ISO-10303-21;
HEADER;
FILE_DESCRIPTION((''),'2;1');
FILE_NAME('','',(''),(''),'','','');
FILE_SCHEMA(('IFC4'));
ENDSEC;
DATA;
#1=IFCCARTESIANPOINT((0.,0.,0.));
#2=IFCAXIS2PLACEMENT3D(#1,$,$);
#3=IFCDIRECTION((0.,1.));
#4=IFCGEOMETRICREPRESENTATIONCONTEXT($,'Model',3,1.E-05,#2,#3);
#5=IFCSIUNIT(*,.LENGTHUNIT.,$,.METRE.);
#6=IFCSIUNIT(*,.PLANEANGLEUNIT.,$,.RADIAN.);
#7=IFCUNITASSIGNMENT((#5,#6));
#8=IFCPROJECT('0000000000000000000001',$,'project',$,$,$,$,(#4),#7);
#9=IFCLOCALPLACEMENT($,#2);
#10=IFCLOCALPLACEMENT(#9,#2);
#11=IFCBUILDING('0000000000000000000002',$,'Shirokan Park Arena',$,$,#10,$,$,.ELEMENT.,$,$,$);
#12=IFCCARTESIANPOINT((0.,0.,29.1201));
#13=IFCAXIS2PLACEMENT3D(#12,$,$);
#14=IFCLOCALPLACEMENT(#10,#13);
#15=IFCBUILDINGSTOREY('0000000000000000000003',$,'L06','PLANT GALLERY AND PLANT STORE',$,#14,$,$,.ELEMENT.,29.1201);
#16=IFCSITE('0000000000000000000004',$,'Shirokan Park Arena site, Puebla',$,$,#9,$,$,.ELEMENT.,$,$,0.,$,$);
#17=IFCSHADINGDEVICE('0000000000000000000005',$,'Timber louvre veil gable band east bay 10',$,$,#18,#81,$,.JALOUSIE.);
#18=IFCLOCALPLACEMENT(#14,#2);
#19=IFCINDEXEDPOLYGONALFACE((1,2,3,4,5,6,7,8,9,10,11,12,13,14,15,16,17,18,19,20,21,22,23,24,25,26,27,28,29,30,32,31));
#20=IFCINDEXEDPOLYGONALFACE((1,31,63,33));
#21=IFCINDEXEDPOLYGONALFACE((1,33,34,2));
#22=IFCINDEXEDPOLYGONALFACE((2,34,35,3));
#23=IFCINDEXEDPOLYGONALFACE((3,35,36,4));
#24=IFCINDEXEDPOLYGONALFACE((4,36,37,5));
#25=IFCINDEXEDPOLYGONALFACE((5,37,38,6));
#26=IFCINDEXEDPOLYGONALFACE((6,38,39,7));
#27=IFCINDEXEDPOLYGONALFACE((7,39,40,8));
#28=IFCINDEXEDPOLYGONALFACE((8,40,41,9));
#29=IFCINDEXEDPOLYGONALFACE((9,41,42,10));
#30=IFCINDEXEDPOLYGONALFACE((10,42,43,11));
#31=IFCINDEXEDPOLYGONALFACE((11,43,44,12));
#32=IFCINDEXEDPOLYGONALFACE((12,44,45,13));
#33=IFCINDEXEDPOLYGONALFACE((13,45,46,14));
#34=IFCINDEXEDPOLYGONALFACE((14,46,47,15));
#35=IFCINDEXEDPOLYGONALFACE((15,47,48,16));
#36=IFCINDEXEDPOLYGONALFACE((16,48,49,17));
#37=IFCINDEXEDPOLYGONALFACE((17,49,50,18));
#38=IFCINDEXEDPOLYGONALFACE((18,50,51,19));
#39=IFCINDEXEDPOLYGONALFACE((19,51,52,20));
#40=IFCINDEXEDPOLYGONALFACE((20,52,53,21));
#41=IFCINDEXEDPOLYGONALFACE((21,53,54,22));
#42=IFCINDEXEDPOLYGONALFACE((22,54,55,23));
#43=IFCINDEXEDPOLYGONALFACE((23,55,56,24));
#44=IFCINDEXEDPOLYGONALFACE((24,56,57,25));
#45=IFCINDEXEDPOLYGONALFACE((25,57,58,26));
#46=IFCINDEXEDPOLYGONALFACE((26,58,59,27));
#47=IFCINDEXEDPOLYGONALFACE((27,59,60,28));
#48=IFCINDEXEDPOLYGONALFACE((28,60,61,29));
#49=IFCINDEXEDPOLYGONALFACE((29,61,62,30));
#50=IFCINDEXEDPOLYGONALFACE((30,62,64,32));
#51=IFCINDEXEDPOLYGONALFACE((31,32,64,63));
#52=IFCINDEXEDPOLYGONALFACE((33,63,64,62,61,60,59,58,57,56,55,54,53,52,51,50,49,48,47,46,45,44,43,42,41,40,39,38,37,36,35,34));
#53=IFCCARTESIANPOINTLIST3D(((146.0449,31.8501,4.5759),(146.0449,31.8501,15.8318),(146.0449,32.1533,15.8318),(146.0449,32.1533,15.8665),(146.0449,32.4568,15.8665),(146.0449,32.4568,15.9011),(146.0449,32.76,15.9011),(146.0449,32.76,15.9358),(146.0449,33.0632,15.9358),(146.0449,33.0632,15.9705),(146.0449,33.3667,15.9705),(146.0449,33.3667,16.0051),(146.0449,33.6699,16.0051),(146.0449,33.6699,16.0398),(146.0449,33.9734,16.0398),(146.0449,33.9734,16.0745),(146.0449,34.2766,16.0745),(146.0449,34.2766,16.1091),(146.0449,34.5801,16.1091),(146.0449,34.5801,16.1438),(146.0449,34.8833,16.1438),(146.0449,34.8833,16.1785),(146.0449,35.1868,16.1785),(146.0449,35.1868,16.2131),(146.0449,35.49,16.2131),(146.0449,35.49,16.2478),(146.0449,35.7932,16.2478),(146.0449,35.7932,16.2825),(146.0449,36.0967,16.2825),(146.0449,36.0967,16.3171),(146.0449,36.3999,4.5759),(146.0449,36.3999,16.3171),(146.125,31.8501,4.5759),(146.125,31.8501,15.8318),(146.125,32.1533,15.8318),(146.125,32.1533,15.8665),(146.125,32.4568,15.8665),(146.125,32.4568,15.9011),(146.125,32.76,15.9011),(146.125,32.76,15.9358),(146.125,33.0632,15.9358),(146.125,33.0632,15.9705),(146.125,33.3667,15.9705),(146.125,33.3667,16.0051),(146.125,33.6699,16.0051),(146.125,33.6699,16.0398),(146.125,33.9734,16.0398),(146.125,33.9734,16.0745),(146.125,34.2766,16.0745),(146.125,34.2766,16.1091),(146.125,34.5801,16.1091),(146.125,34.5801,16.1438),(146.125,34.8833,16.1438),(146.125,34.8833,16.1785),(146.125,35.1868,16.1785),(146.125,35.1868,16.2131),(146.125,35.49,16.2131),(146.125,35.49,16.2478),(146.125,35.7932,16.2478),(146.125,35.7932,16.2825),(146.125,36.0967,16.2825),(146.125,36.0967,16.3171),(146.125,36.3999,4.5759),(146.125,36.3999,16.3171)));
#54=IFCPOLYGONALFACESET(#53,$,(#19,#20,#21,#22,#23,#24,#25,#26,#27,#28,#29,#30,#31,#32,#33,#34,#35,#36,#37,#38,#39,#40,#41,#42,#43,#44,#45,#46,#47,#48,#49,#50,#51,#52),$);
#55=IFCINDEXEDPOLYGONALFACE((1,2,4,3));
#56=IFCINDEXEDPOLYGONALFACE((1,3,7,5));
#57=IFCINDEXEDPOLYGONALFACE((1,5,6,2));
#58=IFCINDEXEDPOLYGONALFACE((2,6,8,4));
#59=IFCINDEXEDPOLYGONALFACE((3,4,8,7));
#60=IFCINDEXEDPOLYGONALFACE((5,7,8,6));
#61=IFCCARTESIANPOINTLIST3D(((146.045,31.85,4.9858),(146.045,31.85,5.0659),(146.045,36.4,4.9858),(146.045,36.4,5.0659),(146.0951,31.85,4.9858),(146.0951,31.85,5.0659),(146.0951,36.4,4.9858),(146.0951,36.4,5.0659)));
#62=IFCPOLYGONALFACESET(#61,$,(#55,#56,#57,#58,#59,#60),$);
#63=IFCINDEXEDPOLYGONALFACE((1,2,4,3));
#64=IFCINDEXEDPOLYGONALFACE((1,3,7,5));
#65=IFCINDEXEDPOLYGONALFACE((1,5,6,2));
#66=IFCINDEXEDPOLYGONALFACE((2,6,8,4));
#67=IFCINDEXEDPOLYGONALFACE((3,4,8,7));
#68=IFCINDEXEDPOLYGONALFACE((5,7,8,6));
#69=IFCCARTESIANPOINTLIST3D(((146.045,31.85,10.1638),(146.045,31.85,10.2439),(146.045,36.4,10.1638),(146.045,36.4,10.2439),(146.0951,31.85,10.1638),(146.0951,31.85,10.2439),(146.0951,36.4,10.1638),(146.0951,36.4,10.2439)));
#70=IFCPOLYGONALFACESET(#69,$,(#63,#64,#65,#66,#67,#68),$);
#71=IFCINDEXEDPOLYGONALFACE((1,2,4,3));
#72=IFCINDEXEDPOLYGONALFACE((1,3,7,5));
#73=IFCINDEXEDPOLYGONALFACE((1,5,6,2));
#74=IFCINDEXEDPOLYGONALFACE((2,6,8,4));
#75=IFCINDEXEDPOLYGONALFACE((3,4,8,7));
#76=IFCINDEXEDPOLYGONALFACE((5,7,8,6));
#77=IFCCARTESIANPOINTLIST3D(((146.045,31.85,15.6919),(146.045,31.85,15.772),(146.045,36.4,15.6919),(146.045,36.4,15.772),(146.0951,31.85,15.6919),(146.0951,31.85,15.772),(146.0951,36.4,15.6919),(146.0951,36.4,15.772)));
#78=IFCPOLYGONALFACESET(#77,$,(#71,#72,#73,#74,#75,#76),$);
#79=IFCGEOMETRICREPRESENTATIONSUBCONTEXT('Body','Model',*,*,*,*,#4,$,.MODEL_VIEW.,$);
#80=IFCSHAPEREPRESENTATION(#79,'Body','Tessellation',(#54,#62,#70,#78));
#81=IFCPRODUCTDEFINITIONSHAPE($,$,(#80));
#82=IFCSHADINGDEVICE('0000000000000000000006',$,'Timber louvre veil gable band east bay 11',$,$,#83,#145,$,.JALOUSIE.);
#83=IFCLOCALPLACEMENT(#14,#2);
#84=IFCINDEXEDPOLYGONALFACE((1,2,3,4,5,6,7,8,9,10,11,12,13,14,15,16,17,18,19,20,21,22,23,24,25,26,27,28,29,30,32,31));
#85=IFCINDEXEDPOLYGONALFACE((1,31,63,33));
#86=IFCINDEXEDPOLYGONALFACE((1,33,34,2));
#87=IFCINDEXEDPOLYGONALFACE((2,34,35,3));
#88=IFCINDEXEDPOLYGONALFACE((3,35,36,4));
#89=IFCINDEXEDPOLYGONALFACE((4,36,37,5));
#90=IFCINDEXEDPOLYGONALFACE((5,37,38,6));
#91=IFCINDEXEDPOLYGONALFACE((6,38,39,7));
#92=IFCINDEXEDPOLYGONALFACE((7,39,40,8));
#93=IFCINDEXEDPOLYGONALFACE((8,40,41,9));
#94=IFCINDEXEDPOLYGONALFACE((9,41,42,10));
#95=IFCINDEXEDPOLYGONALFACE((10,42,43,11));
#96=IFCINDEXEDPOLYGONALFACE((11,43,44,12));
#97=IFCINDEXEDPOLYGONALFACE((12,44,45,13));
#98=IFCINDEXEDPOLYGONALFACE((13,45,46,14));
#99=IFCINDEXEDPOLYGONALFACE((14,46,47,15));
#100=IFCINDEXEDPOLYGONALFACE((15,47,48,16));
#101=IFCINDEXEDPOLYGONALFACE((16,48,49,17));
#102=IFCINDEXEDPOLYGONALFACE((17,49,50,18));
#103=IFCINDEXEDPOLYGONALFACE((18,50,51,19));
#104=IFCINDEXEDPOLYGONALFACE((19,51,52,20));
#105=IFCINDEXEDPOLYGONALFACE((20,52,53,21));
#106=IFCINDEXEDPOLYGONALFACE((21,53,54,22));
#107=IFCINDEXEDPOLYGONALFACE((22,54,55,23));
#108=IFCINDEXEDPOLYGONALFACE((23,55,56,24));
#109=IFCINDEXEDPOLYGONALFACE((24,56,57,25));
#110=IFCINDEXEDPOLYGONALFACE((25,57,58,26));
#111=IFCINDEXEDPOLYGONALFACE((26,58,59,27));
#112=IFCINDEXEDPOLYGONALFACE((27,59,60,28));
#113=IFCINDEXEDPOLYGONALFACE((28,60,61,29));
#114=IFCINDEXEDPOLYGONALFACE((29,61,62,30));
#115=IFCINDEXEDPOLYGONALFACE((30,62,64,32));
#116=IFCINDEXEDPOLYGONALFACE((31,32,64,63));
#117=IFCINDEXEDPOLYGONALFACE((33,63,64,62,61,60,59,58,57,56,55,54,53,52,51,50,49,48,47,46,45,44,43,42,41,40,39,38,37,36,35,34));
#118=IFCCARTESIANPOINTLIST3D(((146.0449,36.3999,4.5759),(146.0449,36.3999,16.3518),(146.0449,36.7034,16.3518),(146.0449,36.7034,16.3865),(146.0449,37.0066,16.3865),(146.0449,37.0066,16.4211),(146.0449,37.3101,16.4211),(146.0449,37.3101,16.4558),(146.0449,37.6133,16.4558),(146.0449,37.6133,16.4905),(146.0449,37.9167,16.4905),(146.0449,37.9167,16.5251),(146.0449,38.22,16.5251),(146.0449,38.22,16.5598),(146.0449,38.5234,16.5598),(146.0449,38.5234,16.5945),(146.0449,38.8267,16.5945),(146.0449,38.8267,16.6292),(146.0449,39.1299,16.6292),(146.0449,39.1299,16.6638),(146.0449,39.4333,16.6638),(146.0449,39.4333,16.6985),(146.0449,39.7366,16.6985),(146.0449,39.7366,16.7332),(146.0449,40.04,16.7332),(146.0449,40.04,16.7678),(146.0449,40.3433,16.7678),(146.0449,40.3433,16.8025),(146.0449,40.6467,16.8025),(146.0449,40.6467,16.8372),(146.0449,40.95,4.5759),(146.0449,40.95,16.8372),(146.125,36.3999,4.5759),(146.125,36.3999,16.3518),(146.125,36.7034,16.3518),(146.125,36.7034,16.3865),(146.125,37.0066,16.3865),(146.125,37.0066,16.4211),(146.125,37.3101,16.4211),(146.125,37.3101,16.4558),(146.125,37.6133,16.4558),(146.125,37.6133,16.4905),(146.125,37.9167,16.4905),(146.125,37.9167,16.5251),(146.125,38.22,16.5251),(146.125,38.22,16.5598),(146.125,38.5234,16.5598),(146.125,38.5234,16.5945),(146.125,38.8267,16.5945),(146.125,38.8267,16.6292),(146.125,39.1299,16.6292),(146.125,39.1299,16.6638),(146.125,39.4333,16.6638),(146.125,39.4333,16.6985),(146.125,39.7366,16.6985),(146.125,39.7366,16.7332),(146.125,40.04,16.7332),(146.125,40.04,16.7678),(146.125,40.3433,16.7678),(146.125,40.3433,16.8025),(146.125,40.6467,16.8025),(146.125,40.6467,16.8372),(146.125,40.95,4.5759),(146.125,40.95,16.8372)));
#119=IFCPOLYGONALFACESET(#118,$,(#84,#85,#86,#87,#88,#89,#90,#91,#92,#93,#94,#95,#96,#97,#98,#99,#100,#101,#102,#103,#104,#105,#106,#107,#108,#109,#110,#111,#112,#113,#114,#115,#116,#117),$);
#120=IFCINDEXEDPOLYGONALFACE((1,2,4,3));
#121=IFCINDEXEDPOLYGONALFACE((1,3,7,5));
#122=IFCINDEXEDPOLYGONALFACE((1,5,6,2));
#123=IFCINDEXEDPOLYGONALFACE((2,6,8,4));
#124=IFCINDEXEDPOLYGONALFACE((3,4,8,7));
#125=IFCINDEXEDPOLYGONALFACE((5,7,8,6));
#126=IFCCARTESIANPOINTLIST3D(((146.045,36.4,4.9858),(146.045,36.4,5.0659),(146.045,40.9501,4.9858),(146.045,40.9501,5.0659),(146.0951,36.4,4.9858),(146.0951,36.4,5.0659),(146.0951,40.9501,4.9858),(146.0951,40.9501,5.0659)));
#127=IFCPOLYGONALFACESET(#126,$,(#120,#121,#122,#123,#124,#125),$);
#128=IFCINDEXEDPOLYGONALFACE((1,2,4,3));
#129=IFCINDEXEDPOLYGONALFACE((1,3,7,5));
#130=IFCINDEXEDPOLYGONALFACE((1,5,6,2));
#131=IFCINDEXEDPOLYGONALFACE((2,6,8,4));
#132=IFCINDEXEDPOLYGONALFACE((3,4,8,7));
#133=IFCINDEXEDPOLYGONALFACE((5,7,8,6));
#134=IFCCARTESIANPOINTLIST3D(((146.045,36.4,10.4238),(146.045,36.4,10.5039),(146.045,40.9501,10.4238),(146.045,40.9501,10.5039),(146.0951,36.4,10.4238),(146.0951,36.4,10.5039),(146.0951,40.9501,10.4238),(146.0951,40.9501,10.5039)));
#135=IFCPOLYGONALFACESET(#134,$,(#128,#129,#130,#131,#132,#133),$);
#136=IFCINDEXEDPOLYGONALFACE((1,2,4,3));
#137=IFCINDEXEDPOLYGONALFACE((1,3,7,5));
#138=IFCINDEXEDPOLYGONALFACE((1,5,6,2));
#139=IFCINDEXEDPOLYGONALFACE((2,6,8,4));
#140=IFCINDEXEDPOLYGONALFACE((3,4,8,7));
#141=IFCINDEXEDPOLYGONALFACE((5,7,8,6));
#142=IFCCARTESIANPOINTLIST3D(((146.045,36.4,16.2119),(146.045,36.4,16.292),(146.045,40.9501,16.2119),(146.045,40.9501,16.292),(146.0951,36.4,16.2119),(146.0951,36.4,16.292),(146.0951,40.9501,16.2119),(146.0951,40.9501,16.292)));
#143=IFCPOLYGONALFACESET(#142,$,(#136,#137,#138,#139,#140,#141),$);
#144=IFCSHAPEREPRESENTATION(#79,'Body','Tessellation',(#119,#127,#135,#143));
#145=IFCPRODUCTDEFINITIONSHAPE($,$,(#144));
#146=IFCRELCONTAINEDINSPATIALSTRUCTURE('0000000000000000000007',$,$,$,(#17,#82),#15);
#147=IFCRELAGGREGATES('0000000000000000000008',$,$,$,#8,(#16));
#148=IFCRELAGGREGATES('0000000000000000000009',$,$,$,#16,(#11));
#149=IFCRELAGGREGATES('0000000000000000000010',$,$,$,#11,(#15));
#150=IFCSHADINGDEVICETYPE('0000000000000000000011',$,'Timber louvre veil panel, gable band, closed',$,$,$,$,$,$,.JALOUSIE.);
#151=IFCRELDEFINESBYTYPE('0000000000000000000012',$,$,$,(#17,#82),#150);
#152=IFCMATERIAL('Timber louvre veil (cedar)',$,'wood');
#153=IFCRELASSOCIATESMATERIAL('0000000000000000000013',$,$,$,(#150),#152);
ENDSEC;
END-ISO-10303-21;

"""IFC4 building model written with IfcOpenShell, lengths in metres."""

from ifc_helpers import new_model, si_unit, direction, frame, origin, origin_2d, place, context, subcontext, project, spatial, polyline, rectangle, outline, extrude, material, type_object, element, save


model = new_model("IFC4")

# Units and contexts
model_context = context("Model", 3, precision=1e-05, world=origin(), true_north=direction((0.0, 1.0)))
body_context = subcontext(model_context, "Body", "Model", "MODEL_VIEW")
ifc_project = project(units=[si_unit("LENGTHUNIT", "METRE"), si_unit("PLANEANGLEUNIT", "RADIAN")], contexts=[model_context])

# Site, building, storey
site_placement = place(None, origin())
site = spatial("IfcSite", under=ifc_project, at=site_placement, Name="Shirokan Park Arena site, Puebla", CompositionType="ELEMENT", RefElevation=0.0)
building_placement = place(site_placement, origin())
building = spatial("IfcBuilding", under=site, at=building_placement, Name="Shirokan Park Arena", CompositionType="ELEMENT")
storey_placement = place(building_placement, frame((0.0, 0.0, 29.1201)))
storey = spatial("IfcBuildingStorey", under=building, at=storey_placement, Name="L06", Description="PLANT GALLERY AND PLANT STORE", CompositionType="ELEMENT", Elevation=29.1201)

# Shading devices
ifc_material_1 = material(Name="Timber louvre veil (cedar)", Category="wood")
shading_device_type = type_object("IfcShadingDeviceType", Name="Timber louvre veil panel, gable band, closed", PredefinedType="JALOUSIE", material=ifc_material_1)
shading_device_1_placement = place(storey_placement, origin())
element("IfcShadingDevice", 1, at=shading_device_1_placement, inside=storey, type_object=shading_device_type, Name="Timber louvre veil gable band east bay 10", PredefinedType="JALOUSIE", context=body_context, shape_type="SweptSolid", body=[
    extrude(outline(polyline([(32.1533, 15.8318), (31.8501, 15.8318), (31.8501, 4.5759), (36.3999, 4.5759), (36.3999, 16.3171), (36.0967, 16.3171), (36.0967, 16.2825), (35.7932, 16.2825), (35.7932, 16.2478), (35.49, 16.2478), (35.49, 16.2131), (35.1868, 16.2131), (35.1868, 16.1785), (34.8833, 16.1785), (34.8833, 16.1438), (34.5801, 16.1438), (34.5801, 16.1091), (34.2766, 16.1091), (34.2766, 16.0745), (33.9734, 16.0745), (33.9734, 16.0398), (33.6699, 16.0398), (33.6699, 16.0051), (33.3667, 16.0051), (33.3667, 15.9705), (33.0632, 15.9705), (33.0632, 15.9358), (32.76, 15.9358), (32.76, 15.9011), (32.4568, 15.9011), (32.4568, 15.8665), (32.1533, 15.8665), (32.1533, 15.8318)])), frame((146.0449, 0.0, 0.0), z_axis=(1.0, 0.0, 0.0), x_axis=(0.0, 1.0, 0.0)), (0.0, 0.0, 1.0), 0.0801),
    extrude(rectangle(XDim=0.05, YDim=4.55, at=origin_2d()), frame((146.0701, 34.125, 4.9858), z_axis=(0.0, 0.0, 1.0), x_axis=(1.0, 0.0, 0.0)), (0.0, 0.0, 1.0), 0.0801),
    extrude(rectangle(XDim=0.05, YDim=4.55, at=origin_2d()), frame((146.0701, 34.125, 10.1638), z_axis=(0.0, 0.0, 1.0), x_axis=(1.0, 0.0, 0.0)), (0.0, 0.0, 1.0), 0.0801),
    extrude(rectangle(XDim=0.05, YDim=4.55, at=origin_2d()), frame((146.0701, 34.125, 15.6919), z_axis=(0.0, 0.0, 1.0), x_axis=(1.0, 0.0, 0.0)), (0.0, 0.0, 1.0), 0.0801),
])
shading_device_2_placement = place(storey_placement, origin())
element("IfcShadingDevice", 2, at=shading_device_2_placement, inside=storey, type_object=shading_device_type, Name="Timber louvre veil gable band east bay 11", PredefinedType="JALOUSIE", context=body_context, shape_type="SweptSolid", body=[
    extrude(outline(polyline([(36.7034, 16.3518), (36.3999, 16.3518), (36.3999, 4.5759), (40.95, 4.5759), (40.95, 16.8372), (40.6467, 16.8372), (40.6467, 16.8025), (40.3433, 16.8025), (40.3433, 16.7678), (40.04, 16.7678), (40.04, 16.7332), (39.7366, 16.7332), (39.7366, 16.6985), (39.4333, 16.6985), (39.4333, 16.6638), (39.1299, 16.6638), (39.1299, 16.6292), (38.8267, 16.6292), (38.8267, 16.5945), (38.5234, 16.5945), (38.5234, 16.5598), (38.22, 16.5598), (38.22, 16.5251), (37.9167, 16.5251), (37.9167, 16.4905), (37.6133, 16.4905), (37.6133, 16.4558), (37.3101, 16.4558), (37.3101, 16.4211), (37.0066, 16.4211), (37.0066, 16.3865), (36.7034, 16.3865), (36.7034, 16.3518)])), frame((146.0449, 0.0, 0.0), z_axis=(1.0, 0.0, 0.0), x_axis=(0.0, 1.0, 0.0)), (0.0, 0.0, 1.0), 0.0801),
    extrude(rectangle(XDim=0.05, YDim=4.55, at=origin_2d()), frame((146.0701, 38.675, 4.9858), z_axis=(0.0, 0.0, 1.0), x_axis=(1.0, 0.0, 0.0)), (0.0, 0.0, 1.0), 0.0801),
    extrude(rectangle(XDim=0.05, YDim=4.55, at=origin_2d()), frame((146.0701, 38.675, 10.4238), z_axis=(0.0, 0.0, 1.0), x_axis=(1.0, 0.0, 0.0)), (0.0, 0.0, 1.0), 0.0801),
    extrude(rectangle(XDim=0.05, YDim=4.55, at=origin_2d()), frame((146.0701, 38.675, 16.2119), z_axis=(0.0, 0.0, 1.0), x_axis=(1.0, 0.0, 0.0)), (0.0, 0.0, 1.0), 0.0801),
])

save(model, "model.ifc")
